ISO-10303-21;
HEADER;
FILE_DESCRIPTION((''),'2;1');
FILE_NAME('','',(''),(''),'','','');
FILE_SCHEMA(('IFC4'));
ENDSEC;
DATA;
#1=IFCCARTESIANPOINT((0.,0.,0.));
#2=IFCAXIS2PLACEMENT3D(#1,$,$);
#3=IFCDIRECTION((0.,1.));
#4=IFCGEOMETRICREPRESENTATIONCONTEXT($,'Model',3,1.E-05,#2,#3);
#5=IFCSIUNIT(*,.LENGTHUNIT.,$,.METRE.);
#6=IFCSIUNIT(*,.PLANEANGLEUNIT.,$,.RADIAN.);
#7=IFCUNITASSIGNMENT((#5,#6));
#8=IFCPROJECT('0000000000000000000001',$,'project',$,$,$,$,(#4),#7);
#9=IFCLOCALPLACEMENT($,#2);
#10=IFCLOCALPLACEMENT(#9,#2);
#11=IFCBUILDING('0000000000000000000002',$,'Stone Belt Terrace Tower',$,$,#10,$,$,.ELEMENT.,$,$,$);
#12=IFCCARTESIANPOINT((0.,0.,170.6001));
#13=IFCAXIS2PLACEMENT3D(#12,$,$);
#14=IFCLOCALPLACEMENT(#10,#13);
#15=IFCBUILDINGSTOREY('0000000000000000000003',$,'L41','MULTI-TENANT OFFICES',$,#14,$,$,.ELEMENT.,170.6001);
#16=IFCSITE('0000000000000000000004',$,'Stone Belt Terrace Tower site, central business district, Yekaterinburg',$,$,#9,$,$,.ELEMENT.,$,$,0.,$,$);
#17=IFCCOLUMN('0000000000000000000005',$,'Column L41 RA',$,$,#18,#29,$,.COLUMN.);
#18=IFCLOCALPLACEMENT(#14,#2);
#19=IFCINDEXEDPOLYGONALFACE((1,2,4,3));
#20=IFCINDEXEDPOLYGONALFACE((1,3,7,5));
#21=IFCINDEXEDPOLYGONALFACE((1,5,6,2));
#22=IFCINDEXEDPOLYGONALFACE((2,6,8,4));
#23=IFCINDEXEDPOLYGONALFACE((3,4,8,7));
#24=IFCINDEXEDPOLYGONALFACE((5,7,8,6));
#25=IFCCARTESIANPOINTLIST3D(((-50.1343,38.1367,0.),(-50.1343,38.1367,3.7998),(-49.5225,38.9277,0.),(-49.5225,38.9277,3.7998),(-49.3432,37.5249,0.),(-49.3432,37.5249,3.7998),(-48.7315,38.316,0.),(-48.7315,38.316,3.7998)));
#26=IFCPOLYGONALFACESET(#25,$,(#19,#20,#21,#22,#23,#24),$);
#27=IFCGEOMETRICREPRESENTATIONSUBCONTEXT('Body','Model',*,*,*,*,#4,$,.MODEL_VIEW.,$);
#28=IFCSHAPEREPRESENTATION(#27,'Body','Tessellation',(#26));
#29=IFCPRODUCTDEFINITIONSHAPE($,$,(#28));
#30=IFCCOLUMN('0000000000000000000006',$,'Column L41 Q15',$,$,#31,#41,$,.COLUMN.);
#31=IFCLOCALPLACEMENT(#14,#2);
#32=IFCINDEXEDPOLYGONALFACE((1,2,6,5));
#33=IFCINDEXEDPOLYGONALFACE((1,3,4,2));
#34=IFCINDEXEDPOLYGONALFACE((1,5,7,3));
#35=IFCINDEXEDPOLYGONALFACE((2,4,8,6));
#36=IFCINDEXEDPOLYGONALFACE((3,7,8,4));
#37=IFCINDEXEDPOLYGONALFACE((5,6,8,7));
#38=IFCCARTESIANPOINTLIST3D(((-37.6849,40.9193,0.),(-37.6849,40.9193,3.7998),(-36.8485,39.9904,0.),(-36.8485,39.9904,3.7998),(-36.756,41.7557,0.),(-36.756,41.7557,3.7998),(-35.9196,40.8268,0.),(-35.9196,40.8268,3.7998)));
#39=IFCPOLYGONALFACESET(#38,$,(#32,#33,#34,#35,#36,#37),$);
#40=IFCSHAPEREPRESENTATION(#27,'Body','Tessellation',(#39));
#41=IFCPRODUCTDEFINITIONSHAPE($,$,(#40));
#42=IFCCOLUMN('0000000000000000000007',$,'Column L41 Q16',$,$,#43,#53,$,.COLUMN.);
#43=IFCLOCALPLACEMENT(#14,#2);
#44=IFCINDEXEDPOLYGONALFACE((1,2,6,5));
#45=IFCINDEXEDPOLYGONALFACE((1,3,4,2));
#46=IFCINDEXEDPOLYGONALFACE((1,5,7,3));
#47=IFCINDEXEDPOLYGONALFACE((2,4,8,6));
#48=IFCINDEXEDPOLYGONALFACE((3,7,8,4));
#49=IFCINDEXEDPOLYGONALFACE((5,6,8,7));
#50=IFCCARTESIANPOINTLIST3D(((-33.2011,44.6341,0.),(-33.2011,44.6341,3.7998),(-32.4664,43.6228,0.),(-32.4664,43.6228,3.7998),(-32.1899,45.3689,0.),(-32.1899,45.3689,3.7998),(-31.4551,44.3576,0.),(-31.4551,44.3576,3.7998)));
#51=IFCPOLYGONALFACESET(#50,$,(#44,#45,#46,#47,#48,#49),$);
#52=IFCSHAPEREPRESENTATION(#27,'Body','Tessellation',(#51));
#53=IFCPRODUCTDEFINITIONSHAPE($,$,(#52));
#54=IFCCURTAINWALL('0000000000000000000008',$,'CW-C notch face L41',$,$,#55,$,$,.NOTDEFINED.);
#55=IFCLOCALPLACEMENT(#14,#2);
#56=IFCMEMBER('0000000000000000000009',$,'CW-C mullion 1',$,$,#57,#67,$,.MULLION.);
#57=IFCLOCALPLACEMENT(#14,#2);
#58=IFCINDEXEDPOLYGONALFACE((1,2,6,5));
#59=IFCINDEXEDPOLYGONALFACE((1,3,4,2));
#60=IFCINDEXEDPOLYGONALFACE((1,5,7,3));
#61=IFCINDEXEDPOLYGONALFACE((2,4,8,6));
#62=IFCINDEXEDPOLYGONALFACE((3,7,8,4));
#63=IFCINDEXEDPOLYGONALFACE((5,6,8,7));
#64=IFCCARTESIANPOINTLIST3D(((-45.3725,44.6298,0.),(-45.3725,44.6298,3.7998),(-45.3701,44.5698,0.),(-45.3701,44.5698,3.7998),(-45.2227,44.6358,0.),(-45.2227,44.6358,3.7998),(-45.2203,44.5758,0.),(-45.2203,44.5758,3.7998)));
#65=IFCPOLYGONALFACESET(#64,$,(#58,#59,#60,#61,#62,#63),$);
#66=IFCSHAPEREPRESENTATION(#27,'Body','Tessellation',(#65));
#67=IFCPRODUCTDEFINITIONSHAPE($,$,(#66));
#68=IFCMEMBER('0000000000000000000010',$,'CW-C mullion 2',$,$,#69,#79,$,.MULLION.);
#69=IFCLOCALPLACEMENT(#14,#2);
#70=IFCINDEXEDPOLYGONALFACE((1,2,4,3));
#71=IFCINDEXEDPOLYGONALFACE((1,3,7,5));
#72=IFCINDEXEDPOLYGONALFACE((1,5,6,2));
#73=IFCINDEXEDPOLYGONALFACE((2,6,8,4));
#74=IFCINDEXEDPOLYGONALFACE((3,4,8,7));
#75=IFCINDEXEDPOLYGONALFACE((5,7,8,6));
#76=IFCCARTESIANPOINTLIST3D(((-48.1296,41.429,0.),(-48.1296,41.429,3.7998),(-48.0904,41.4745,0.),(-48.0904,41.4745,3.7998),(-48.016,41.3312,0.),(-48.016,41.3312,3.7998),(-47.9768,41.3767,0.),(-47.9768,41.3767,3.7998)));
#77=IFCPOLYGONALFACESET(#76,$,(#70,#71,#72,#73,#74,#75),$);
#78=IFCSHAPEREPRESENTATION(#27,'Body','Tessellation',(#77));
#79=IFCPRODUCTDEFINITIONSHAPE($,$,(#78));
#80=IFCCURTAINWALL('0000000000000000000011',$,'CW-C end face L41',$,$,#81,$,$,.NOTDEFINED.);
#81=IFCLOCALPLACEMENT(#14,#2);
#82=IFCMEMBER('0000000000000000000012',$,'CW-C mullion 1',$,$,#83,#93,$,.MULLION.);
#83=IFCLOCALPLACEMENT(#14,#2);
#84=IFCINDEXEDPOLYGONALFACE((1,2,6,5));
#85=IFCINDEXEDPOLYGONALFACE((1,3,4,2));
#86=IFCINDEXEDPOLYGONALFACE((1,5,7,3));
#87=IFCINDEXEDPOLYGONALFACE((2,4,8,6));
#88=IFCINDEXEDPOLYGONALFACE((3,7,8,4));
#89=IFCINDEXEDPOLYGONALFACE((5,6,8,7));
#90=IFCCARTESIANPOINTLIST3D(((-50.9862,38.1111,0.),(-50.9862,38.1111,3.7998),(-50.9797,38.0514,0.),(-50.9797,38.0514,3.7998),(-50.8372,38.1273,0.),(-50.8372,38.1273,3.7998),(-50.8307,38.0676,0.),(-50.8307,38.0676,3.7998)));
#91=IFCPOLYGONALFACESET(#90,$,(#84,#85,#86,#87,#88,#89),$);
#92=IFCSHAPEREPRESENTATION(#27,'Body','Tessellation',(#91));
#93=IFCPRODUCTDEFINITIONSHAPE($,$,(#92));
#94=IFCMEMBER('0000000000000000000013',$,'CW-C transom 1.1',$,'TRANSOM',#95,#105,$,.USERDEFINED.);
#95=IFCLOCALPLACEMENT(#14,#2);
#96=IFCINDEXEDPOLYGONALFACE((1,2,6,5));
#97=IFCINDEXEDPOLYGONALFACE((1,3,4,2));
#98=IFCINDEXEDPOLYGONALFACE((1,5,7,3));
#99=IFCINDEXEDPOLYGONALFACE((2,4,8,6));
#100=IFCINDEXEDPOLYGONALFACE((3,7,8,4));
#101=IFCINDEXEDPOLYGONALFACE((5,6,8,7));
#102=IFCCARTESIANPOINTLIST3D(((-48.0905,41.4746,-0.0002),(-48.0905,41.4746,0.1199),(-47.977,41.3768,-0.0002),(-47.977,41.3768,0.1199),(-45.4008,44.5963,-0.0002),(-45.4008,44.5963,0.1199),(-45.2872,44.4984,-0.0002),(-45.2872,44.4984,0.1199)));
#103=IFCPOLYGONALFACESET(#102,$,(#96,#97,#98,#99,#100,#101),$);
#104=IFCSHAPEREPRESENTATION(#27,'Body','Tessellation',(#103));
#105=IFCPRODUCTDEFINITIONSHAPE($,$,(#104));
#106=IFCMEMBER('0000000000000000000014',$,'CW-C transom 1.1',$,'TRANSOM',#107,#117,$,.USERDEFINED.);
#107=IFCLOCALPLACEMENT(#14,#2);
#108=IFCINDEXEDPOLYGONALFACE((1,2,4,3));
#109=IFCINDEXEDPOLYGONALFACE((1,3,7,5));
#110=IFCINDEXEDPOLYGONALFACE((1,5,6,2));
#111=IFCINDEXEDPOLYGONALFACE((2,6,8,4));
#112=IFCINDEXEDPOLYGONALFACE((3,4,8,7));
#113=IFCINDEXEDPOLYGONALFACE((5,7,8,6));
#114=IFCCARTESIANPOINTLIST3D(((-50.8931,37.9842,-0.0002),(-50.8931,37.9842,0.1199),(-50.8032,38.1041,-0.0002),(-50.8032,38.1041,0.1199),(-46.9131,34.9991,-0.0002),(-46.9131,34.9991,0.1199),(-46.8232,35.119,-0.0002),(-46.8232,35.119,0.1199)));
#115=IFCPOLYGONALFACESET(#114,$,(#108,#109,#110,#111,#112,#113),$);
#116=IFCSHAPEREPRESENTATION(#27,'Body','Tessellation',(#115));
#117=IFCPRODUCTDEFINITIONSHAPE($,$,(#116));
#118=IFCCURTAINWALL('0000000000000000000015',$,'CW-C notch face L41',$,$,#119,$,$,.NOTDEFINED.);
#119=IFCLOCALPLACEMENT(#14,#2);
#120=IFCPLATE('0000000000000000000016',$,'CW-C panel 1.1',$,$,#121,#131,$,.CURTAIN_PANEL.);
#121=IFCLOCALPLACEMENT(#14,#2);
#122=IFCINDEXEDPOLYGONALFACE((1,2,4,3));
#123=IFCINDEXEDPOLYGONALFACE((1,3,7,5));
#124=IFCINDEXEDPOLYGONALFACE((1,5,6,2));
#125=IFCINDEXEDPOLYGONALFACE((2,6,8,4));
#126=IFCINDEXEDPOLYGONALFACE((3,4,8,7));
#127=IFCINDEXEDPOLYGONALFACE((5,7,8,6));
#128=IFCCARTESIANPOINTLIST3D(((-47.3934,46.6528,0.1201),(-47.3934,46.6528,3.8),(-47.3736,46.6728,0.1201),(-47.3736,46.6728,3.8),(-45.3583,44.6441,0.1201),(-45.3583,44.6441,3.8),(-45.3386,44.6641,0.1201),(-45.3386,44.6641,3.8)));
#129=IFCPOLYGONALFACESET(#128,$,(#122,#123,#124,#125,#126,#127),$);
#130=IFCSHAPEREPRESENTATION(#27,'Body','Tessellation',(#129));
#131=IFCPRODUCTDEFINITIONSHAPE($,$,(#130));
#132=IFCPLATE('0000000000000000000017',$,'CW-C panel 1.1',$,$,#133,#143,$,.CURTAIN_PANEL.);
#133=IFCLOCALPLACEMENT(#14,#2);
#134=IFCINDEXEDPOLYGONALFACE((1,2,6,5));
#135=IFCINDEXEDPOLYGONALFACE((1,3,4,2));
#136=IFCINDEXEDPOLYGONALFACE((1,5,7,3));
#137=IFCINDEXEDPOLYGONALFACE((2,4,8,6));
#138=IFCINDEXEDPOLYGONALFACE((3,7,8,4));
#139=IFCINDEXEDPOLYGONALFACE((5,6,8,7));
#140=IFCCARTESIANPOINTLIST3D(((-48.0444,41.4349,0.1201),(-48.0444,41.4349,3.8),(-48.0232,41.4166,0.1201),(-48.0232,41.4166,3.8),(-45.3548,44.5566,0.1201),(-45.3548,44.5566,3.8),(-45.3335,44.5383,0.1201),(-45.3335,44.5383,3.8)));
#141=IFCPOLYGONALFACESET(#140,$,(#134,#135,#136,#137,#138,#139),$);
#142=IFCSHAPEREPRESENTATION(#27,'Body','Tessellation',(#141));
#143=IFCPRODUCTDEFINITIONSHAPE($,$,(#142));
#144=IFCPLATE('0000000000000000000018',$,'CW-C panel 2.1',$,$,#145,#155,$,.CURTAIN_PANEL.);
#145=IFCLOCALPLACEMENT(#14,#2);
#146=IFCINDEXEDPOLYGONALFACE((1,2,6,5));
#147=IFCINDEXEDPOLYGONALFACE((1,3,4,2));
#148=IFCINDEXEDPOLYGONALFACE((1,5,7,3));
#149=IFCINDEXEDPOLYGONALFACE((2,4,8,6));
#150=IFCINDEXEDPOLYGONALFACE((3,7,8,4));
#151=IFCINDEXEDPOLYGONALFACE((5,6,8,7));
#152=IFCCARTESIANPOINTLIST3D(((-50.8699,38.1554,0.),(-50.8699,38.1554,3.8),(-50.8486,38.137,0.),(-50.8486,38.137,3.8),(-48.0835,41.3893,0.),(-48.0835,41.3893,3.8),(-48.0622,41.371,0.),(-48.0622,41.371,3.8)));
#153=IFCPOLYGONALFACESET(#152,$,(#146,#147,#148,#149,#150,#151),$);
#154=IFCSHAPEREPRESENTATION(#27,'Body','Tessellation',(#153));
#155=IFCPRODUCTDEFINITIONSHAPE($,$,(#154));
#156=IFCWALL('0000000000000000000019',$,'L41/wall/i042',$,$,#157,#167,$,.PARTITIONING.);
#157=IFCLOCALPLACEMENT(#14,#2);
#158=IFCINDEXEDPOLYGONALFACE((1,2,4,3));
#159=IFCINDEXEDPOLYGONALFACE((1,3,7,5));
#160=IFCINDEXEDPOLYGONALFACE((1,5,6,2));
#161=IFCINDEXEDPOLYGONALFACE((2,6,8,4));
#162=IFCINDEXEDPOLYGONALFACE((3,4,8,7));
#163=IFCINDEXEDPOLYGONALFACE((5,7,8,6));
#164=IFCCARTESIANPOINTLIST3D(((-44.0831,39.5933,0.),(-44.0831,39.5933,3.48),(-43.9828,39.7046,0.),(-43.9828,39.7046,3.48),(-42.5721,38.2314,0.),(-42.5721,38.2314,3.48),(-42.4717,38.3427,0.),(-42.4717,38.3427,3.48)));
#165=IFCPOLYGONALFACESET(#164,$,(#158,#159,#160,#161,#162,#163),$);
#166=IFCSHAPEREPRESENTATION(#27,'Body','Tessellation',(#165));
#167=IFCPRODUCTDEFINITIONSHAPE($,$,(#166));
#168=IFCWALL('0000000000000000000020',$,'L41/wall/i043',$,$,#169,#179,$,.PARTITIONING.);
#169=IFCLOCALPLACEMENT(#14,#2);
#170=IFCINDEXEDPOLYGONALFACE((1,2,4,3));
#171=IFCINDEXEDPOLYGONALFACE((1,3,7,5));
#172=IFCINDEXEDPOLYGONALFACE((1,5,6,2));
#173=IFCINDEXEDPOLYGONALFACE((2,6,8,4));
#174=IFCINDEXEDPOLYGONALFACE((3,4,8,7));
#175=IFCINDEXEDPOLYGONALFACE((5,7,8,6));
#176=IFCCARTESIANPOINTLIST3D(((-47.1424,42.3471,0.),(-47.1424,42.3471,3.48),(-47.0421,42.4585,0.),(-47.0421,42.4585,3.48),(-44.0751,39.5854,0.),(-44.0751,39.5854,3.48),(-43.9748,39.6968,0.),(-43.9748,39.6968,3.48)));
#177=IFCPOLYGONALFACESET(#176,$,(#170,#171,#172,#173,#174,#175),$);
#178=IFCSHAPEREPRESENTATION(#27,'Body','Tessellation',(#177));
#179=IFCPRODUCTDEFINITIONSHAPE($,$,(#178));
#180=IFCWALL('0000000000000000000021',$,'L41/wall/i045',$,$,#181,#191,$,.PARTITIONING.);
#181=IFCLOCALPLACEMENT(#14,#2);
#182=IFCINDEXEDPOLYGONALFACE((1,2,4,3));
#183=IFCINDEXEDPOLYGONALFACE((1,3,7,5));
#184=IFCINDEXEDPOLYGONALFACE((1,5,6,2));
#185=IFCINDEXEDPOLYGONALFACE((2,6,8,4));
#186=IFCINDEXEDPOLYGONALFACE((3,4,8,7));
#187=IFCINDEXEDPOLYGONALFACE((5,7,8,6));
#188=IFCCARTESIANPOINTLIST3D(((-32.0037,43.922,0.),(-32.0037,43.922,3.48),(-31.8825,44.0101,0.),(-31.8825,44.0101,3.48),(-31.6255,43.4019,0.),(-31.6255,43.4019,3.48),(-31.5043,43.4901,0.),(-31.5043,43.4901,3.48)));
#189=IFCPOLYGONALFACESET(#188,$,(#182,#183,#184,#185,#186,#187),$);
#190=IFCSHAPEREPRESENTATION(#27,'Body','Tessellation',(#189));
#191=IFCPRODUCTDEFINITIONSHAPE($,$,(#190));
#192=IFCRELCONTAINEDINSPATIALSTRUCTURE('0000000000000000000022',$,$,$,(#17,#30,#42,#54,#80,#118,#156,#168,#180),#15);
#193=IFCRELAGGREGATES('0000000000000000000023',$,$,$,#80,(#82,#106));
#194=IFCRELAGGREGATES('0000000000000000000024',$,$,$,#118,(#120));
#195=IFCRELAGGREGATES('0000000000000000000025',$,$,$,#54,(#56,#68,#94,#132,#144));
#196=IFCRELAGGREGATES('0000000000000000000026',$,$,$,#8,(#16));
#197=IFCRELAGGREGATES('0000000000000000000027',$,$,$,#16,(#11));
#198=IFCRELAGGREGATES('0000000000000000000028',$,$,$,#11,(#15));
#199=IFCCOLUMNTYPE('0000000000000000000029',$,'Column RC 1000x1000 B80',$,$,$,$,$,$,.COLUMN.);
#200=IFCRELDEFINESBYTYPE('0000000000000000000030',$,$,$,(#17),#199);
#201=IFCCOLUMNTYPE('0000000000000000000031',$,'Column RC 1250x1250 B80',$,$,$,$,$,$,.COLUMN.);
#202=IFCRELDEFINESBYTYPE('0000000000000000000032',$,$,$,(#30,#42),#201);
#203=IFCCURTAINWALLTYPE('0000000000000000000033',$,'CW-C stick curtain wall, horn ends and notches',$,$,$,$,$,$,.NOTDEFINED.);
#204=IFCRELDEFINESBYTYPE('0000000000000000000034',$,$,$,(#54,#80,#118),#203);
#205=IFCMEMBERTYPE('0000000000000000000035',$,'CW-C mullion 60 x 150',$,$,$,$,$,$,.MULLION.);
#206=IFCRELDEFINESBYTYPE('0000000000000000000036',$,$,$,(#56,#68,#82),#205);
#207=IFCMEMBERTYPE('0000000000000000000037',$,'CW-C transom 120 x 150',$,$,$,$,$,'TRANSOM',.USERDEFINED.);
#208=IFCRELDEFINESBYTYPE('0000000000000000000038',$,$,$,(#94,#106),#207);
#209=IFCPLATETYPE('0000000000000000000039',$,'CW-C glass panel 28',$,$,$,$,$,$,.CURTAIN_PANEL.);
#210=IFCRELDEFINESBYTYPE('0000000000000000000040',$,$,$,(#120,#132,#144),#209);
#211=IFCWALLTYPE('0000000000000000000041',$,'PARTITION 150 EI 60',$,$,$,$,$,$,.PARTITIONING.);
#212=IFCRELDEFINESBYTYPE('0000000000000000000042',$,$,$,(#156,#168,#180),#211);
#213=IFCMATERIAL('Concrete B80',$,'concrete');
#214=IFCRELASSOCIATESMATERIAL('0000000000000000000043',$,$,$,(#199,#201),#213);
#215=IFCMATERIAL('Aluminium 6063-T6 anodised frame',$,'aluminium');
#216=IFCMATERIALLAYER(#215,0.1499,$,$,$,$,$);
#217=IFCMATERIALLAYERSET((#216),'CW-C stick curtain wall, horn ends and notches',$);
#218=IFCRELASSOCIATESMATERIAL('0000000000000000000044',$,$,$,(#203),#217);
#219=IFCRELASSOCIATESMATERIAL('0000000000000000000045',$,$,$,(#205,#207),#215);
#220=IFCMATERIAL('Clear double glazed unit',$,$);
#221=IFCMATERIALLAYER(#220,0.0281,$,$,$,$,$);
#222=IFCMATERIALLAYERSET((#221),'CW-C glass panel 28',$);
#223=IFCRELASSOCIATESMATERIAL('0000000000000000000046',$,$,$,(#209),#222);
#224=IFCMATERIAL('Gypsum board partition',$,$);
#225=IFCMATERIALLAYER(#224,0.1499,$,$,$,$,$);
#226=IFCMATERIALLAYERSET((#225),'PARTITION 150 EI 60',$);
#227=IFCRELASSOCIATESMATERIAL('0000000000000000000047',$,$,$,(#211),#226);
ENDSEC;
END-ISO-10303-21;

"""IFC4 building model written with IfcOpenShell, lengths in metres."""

from ifc_helpers import new_model, si_unit, direction, frame, frame_2d, origin, origin_2d, place, context, subcontext, project, spatial, rectangle, extrude, material, layer, layer_set, material_profile, profile_set, type_object, element, aggregate, save


model = new_model("IFC4")

# Units and contexts
model_context = context("Model", 3, precision=1e-05, world=origin(), true_north=direction((0.0, 1.0)))
body_context = subcontext(model_context, "Body", "Model", "MODEL_VIEW")
ifc_project = project(units=[si_unit("LENGTHUNIT", "METRE"), si_unit("PLANEANGLEUNIT", "RADIAN")], contexts=[model_context])

# Site, building, storey
site_placement = place(None, origin())
site = spatial("IfcSite", under=ifc_project, at=site_placement, Name="Stone Belt Terrace Tower site, central business district, Yekaterinburg", CompositionType="ELEMENT", RefElevation=0.0)
building_placement = place(site_placement, origin())
building = spatial("IfcBuilding", under=site, at=building_placement, Name="Stone Belt Terrace Tower", CompositionType="ELEMENT")
storey_placement = place(building_placement, frame((0.0, 0.0, 170.6001)))
storey = spatial("IfcBuildingStorey", under=building, at=storey_placement, Name="L41", Description="MULTI-TENANT OFFICES", CompositionType="ELEMENT", Elevation=170.6001)

# Columns
ifc_material_1 = material(Name="Concrete B80", Category="concrete")
ifc_material_profile_1 = material_profile(ifc_material_1, rectangle(XDim=1.0, YDim=1.0, at=origin_2d()), Name="RC 1000x1000")
ifc_profile_set_1 = profile_set([ifc_material_profile_1], Name="Concrete B80")
column_type_1 = type_object("IfcColumnType", Name="Column RC 1000x1000 B80", PredefinedType="COLUMN", material=ifc_profile_set_1)
column_placement = place(storey_placement, frame((-49.4329, 38.2263, 0.0), z_axis=(0.0, 0.0, 1.0), x_axis=(0.61173, 0.791067, 0.0)))
element("IfcColumn", 1, at=column_placement, inside=storey, type_object=column_type_1, Name="Column L41 RA", PredefinedType="COLUMN", context=body_context, shape_type="SweptSolid", body=[
    extrude(rectangle(XDim=1.0, YDim=1.0, at=origin_2d()), origin(), (0.0, 0.0, 1.0), 3.7998),
])
ifc_material_profile_2 = material_profile(ifc_material_1, rectangle(XDim=1.25, YDim=1.25, at=origin_2d()), Name="RC 1250x1250")
ifc_profile_set_2 = profile_set([ifc_material_profile_2], Name="Concrete B80")
column_type_2 = type_object("IfcColumnType", Name="Column RC 1250x1250 B80", PredefinedType="COLUMN", material=ifc_profile_set_2)
for number, where, z_axis, x_axis, name in (
    (2, (-36.8022, 40.873, 0.0), (0.0, 0.0, 1.0), (0.743145, 0.669131, 0.0), "Column L41 Q15"),
    (3, (-32.3281, 44.4958, 0.0), (0.0, 0.0, 1.0), (0.809017, 0.587785, 0.0), "Column L41 Q16"),
):
    element("IfcColumn", number, at=place(storey_placement, frame(where, z_axis=z_axis, x_axis=x_axis)), inside=storey, type_object=column_type_2, Name=name, PredefinedType="COLUMN", context=body_context, shape_type="SweptSolid", body=[
        extrude(rectangle(XDim=1.25, YDim=1.25, at=origin_2d()), origin(), (0.0, 0.0, 1.0), 3.7998),
    ])

# Curtain wall, members
ifc_material_2 = material(Name="Aluminium 6063-T6 anodised frame", Category="aluminium")
ifc_layer_1 = layer(ifc_material_2, 0.1499)
ifc_layer_set_1 = layer_set([ifc_layer_1], Name="CW-C stick curtain wall, horn ends and notches")
curtain_wall_type = type_object("IfcCurtainWallType", Name="CW-C stick curtain wall, horn ends and notches", PredefinedType="NOTDEFINED", material=ifc_layer_set_1)
curtain_wall_1_placement = place(storey_placement, origin())
curtain_wall_1 = element("IfcCurtainWall", 4, at=curtain_wall_1_placement, inside=storey, type_object=curtain_wall_type, Name="CW-C notch face L41", PredefinedType="NOTDEFINED")
ifc_material_profile_3 = material_profile(ifc_material_2, rectangle(XDim=0.1499, YDim=0.0601, at=origin_2d()), Name="Aluminium 6063-T6 60x150")
ifc_profile_set_3 = profile_set([ifc_material_profile_3], Name="Aluminium 6063-T6 anodised frame")
member_type_1 = type_object("IfcMemberType", Name="CW-C mullion 60 x 150", PredefinedType="MULLION", material=ifc_profile_set_3)
member_1_placement = place(storey_placement, frame((-45.2964, 44.6028, 0.0), z_axis=(0.0, 0.0, 1.0), x_axis=(0.999185, 0.04036, 0.0)))
member_1 = element("IfcMember", 5, at=member_1_placement, type_object=member_type_1, Name="CW-C mullion 1", PredefinedType="MULLION", context=body_context, shape_type="SweptSolid", body=[
    extrude(rectangle(XDim=0.1499, YDim=0.0601, at=origin_2d()), origin(), (0.0, 0.0, 1.0), 3.7998),
])
member_2_placement = place(storey_placement, frame((-48.0532, 41.4028, 0.0), z_axis=(0.0, 0.0, 1.0), x_axis=(0.757584, -0.652738, 0.0)))
member_2 = element("IfcMember", 6, at=member_2_placement, type_object=member_type_1, Name="CW-C mullion 2", PredefinedType="MULLION", context=body_context, shape_type="SweptSolid", body=[
    extrude(rectangle(XDim=0.1499, YDim=0.0601, at=origin_2d()), origin(), (0.0, 0.0, 1.0), 3.7998),
])

# Curtain wall, member
curtain_wall_2_placement = place(storey_placement, origin())
curtain_wall_2 = element("IfcCurtainWall", 7, at=curtain_wall_2_placement, inside=storey, type_object=curtain_wall_type, Name="CW-C end face L41", PredefinedType="NOTDEFINED")
member_3_placement = place(storey_placement, frame((-50.9084, 38.0894, 0.0), z_axis=(0.0, 0.0, 1.0), x_axis=(0.994169, 0.10783, 0.0)))
member_3 = element("IfcMember", 8, at=member_3_placement, type_object=member_type_1, Name="CW-C mullion 1", PredefinedType="MULLION", context=body_context, shape_type="SweptSolid", body=[
    extrude(rectangle(XDim=0.1499, YDim=0.0601, at=origin_2d()), origin(), (0.0, 0.0, 1.0), 3.7998),
])

# Members
ifc_material_profile_4 = material_profile(ifc_material_2, rectangle(XDim=0.1499, YDim=0.1201, at=origin_2d()), Name="Aluminium 6063-T6 150x120")
ifc_profile_set_4 = profile_set([ifc_material_profile_4], Name="Aluminium 6063-T6 anodised frame")
member_type_2 = type_object("IfcMemberType", Name="CW-C transom 120 x 150", ElementType="TRANSOM", PredefinedType="USERDEFINED", material=ifc_profile_set_4)
member_4_placement = place(storey_placement, frame((-45.344, 44.5474, 0.0598), z_axis=(-0.652756, -0.757569, 0.0), x_axis=(0.757569, -0.652756, 0.0)))
member_4 = element("IfcMember", 9, at=member_4_placement, type_object=member_type_2, Name="CW-C transom 1.1", ObjectType="TRANSOM", PredefinedType="USERDEFINED", context=body_context, shape_type="SweptSolid", body=[
    extrude(rectangle(XDim=0.1499, YDim=0.1201, at=origin_2d()), origin(), (0.0, 0.0, 1.0), 4.1206),
])
member_5_placement = place(storey_placement, frame((-50.8481, 38.0442, 0.0598), z_axis=(0.799988, -0.600016, 0.0), x_axis=(0.600016, 0.799988, 0.0)))
member_5 = element("IfcMember", 10, at=member_5_placement, type_object=member_type_2, Name="CW-C transom 1.1", ObjectType="TRANSOM", PredefinedType="USERDEFINED", context=body_context, shape_type="SweptSolid", body=[
    extrude(rectangle(XDim=0.1499, YDim=0.1201, at=origin_2d()), origin(), (0.0, 0.0, 1.0), 4.9751),
])
aggregate(curtain_wall_2, [member_3, member_5])

# Curtain wall, plate
curtain_wall_3_placement = place(storey_placement, origin())
curtain_wall_3 = element("IfcCurtainWall", 11, at=curtain_wall_3_placement, inside=storey, type_object=curtain_wall_type, Name="CW-C notch face L41", PredefinedType="NOTDEFINED")
ifc_material_3 = material(Name="Clear double glazed unit")
ifc_layer_2 = layer(ifc_material_3, 0.0281)
ifc_layer_set_2 = layer_set([ifc_layer_2], Name="CW-C glass panel 28")
plate_type = type_object("IfcPlateType", Name="CW-C glass panel 28", PredefinedType="CURTAIN_PANEL", material=ifc_layer_set_2)
plate_1_placement = place(storey_placement, frame((-46.366, 45.6584, 0.1201), z_axis=(0.0, 0.0, 1.0), x_axis=(0.711713, -0.70247, 0.0)))
plate_1 = element("IfcPlate", 12, at=plate_1_placement, type_object=plate_type, Name="CW-C panel 1.1", PredefinedType="CURTAIN_PANEL", context=body_context, shape_type="SweptSolid", body=[
    extrude(rectangle(XDim=2.8594, YDim=0.0281, at=origin_2d()), origin(), (0.0, 0.0, 1.0), 3.6799),
])
aggregate(curtain_wall_3, [plate_1])

# Plates
plate_2_placement = place(storey_placement, frame((-46.689, 42.9866, 0.1201), z_axis=(0.0, 0.0, 1.0), x_axis=(-0.652738, -0.757584, 0.0)))
plate_2 = element("IfcPlate", 13, at=plate_2_placement, type_object=plate_type, Name="CW-C panel 1.1", PredefinedType="CURTAIN_PANEL", context=body_context, shape_type="SweptSolid", body=[
    extrude(rectangle(XDim=4.1206, YDim=0.0281, at=origin_2d()), origin(), (0.0, 0.0, 1.0), 3.6799),
])
plate_3_placement = place(storey_placement, frame((-49.4661, 39.7632, 0.0), z_axis=(0.0, 0.0, 1.0), x_axis=(-0.652738, -0.757584, 0.0)))
plate_3 = element("IfcPlate", 14, at=plate_3_placement, type_object=plate_type, Name="CW-C panel 2.1", PredefinedType="CURTAIN_PANEL", context=body_context, shape_type="SweptSolid", body=[
    extrude(rectangle(XDim=4.2688, YDim=0.0281, at=origin_2d()), origin(), (0.0, 0.0, 1.0), 3.8),
])
aggregate(curtain_wall_1, [member_1, member_2, member_4, plate_2, plate_3])

# Walls
ifc_material_4 = material(Name="Gypsum board partition")
ifc_layer_3 = layer(ifc_material_4, 0.1499)
ifc_layer_set_3 = layer_set([ifc_layer_3], Name="PARTITION 150 EI 60")
wall_type = type_object("IfcWallType", Name="PARTITION 150 EI 60", PredefinedType="PARTITIONING", material=ifc_layer_set_3)
wall_1_placement = place(storey_placement, frame((-44.033, 39.6489, 0.0), z_axis=(0.0, 0.0, 1.0), x_axis=(0.742822, -0.669488, 0.0)))
element("IfcWall", 15, at=wall_1_placement, inside=storey, type_object=wall_type, Name="L41/wall/i042", PredefinedType="PARTITIONING", context=body_context, shape_type="SweptSolid", body=[
    extrude(rectangle(XDim=2.0342, YDim=0.1499, at=frame_2d((1.0171, 0.0))), origin(), (0.0, 0.0, 1.0), 3.48),
])
wall_2_placement = place(storey_placement, frame((-47.0923, 42.4028, 0.0), z_axis=(0.0, 0.0, 1.0), x_axis=(0.743165, -0.669109, 0.0)))
element("IfcWall", 16, at=wall_2_placement, inside=storey, type_object=wall_type, Name="L41/wall/i043", PredefinedType="PARTITIONING", context=body_context, shape_type="SweptSolid", body=[
    extrude(rectangle(XDim=4.1274, YDim=0.1499, at=frame_2d((2.0637, 0.0))), origin(), (0.0, 0.0, 1.0), 3.48),
])
wall_3_placement = place(storey_placement, frame((-31.9431, 43.9661, 0.0), z_axis=(0.0, 0.0, 1.0), x_axis=(0.588149, -0.808753, 0.0)))
element("IfcWall", 17, at=wall_3_placement, inside=storey, type_object=wall_type, Name="L41/wall/i045", PredefinedType="PARTITIONING", context=body_context, shape_type="SweptSolid", body=[
    extrude(rectangle(XDim=0.6431, YDim=0.1499, at=frame_2d((0.3215, 0.0))), origin(), (0.0, 0.0, 1.0), 3.48),
])

save(model, "model.ifc")
